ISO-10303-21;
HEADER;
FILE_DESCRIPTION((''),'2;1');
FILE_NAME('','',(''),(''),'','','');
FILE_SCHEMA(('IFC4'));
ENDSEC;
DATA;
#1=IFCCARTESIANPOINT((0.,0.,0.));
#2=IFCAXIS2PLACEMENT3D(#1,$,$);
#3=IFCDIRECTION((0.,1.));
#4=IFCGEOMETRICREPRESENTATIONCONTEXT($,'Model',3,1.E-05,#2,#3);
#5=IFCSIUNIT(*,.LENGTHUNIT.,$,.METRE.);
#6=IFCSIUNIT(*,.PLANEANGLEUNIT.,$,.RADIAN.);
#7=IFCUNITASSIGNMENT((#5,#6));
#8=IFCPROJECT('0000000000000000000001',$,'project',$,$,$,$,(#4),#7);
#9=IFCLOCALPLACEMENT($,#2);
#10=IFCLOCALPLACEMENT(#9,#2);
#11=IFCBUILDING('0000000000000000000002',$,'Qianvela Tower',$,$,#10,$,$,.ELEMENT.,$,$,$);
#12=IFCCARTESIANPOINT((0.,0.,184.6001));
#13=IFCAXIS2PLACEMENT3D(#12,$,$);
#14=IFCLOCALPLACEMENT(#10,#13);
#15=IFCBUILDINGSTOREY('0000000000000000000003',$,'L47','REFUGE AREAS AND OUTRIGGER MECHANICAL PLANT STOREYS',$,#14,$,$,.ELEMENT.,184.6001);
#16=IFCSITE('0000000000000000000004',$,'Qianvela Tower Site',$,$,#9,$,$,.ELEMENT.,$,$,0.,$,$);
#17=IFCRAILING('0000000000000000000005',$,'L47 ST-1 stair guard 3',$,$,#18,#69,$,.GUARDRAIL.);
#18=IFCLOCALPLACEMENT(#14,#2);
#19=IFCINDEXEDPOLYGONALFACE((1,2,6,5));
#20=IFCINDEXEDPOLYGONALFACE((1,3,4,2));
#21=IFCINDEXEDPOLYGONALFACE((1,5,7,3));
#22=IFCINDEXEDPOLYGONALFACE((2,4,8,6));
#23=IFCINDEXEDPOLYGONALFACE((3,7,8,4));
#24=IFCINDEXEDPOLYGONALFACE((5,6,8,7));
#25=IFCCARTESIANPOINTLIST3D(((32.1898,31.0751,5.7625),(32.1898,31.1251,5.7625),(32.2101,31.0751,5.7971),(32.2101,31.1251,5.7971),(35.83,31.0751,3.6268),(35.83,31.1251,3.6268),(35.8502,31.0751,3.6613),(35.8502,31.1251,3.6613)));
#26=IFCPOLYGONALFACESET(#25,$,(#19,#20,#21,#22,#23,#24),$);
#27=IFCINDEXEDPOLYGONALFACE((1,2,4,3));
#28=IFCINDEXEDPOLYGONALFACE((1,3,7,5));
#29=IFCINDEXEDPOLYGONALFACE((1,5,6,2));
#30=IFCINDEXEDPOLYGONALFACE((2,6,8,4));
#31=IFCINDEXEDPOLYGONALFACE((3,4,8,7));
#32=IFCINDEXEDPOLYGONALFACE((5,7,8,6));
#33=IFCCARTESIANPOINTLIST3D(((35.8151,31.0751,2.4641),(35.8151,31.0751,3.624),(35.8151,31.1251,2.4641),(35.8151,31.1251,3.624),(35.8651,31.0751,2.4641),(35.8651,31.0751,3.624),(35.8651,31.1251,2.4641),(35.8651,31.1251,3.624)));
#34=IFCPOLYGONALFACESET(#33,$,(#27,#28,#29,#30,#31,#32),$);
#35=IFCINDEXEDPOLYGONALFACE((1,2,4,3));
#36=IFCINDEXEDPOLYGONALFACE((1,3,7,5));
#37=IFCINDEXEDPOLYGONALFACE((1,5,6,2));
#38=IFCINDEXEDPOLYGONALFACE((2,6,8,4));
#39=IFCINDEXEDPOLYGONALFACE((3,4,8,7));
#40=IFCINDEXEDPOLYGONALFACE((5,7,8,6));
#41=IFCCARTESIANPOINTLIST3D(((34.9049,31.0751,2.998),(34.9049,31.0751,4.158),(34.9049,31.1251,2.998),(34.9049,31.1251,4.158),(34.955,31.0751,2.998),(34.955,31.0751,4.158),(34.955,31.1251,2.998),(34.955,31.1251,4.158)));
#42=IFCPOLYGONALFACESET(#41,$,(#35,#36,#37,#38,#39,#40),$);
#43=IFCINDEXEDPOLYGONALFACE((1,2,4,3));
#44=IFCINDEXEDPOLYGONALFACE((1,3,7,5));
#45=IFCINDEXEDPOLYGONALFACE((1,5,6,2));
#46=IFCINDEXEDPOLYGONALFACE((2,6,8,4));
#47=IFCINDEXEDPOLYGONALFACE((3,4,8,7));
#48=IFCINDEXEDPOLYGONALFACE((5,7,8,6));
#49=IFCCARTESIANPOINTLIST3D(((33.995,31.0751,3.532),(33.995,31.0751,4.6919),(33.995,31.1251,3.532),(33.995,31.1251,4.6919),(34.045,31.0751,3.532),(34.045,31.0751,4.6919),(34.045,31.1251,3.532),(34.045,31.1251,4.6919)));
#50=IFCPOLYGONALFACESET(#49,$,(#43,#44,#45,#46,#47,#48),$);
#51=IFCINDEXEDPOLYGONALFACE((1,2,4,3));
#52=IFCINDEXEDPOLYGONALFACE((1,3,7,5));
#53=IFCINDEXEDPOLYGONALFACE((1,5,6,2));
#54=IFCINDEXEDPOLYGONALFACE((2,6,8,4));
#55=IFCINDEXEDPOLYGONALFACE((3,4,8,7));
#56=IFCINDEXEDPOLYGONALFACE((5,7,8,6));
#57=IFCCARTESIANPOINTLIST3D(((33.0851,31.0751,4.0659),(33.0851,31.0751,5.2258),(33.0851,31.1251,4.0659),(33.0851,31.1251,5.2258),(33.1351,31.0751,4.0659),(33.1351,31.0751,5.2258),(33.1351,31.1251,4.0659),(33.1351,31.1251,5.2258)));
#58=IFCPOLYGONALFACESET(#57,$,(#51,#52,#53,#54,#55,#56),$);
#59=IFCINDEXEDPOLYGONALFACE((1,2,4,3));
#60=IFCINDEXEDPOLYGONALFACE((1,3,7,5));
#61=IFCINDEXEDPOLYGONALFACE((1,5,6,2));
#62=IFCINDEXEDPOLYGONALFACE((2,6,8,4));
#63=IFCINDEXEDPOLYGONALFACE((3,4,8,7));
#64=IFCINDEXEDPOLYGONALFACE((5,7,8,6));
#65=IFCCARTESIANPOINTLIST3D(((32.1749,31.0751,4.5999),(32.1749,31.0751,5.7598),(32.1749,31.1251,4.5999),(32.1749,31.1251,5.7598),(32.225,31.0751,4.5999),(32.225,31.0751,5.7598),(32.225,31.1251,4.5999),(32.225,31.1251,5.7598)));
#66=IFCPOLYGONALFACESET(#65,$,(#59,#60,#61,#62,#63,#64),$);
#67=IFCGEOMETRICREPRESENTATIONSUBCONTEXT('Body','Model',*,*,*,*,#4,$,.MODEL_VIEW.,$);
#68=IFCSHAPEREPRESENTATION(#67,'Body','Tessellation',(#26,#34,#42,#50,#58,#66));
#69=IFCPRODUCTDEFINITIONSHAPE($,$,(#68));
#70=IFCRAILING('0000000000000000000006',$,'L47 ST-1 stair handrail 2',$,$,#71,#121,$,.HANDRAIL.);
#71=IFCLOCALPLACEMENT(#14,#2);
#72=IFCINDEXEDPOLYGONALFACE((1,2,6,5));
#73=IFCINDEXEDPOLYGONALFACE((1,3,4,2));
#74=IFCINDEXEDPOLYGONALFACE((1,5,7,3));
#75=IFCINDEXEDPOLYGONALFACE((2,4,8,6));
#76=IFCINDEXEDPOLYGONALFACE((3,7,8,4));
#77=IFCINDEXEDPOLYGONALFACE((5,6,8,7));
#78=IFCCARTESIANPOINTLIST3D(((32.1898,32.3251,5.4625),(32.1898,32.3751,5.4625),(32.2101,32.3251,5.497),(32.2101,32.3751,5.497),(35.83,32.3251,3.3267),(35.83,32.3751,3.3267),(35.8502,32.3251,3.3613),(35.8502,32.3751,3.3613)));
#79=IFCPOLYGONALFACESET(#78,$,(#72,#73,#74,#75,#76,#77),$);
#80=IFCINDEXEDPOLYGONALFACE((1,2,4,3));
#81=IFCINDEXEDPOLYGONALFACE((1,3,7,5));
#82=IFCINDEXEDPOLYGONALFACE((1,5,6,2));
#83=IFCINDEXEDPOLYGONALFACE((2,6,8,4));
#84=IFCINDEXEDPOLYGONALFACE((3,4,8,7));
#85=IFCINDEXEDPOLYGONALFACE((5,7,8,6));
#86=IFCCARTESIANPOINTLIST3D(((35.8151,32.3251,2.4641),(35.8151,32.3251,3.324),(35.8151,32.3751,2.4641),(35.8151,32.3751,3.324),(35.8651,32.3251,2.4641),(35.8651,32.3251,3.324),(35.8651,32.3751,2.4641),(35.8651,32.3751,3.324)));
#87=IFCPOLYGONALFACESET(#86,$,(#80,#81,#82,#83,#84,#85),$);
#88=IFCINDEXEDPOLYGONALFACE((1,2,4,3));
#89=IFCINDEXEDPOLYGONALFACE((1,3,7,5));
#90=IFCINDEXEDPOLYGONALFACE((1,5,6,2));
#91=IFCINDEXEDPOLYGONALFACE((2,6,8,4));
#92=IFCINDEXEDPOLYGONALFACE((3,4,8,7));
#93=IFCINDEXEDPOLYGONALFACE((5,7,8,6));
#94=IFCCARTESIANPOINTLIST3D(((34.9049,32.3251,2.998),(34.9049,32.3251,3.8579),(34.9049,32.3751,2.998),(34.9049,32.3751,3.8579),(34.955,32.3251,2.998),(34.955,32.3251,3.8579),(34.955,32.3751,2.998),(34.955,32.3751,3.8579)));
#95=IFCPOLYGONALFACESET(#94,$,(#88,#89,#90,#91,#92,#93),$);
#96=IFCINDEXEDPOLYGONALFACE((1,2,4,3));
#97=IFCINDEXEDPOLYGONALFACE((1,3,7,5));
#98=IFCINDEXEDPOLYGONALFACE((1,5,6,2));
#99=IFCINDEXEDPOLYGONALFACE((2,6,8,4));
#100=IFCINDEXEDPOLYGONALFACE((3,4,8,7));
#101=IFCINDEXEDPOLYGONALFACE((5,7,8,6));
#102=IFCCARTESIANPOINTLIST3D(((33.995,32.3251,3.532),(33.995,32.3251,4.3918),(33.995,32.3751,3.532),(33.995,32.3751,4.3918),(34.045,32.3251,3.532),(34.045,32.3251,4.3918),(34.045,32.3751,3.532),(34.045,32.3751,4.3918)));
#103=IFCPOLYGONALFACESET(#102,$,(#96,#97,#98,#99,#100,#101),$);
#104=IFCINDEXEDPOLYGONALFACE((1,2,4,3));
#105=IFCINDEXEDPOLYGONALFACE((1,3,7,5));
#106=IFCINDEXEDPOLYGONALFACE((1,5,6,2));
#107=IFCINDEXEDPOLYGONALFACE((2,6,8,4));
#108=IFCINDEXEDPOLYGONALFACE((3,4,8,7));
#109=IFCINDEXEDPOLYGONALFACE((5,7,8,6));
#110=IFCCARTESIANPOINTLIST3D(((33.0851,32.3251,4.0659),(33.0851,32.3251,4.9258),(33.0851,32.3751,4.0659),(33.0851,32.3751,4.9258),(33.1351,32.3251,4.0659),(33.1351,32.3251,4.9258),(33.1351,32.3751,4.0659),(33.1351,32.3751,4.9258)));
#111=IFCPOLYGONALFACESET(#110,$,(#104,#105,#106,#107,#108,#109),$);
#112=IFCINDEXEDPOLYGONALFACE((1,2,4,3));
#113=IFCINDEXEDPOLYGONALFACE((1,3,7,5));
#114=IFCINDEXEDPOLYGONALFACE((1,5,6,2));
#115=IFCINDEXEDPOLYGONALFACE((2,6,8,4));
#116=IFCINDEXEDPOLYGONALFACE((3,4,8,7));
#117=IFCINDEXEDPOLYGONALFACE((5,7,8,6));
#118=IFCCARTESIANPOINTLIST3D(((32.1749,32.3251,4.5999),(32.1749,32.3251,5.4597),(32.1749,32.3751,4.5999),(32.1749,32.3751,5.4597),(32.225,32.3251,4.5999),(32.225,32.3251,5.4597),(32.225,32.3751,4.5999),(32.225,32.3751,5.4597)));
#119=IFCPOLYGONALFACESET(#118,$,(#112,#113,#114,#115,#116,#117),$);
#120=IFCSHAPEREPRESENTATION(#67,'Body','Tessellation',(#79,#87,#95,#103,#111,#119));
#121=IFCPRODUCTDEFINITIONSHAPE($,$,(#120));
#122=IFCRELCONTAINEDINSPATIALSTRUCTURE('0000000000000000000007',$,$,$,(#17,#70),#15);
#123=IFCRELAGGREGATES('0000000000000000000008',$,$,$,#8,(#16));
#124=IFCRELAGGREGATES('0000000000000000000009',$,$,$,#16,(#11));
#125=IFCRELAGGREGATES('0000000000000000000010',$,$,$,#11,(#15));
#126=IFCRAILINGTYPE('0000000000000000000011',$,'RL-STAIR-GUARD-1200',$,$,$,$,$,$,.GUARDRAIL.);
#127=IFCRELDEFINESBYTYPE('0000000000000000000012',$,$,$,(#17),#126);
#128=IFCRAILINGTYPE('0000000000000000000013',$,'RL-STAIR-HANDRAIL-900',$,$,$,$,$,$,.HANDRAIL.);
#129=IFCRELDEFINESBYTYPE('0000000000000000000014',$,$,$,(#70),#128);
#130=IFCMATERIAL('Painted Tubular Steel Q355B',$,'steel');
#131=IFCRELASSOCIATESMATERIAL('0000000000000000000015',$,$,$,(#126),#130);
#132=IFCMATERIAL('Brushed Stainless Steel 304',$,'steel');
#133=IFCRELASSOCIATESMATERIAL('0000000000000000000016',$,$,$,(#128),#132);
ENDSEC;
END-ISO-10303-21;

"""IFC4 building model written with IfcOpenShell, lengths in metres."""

from ifc_helpers import new_model, si_unit, direction, frame, origin, origin_2d, place, context, subcontext, project, spatial, rectangle, extrude, material, type_object, element, save


model = new_model("IFC4")

# Units and contexts
model_context = context("Model", 3, precision=1e-05, world=origin(), true_north=direction((0.0, 1.0)))
body_context = subcontext(model_context, "Body", "Model", "MODEL_VIEW")
ifc_project = project(units=[si_unit("LENGTHUNIT", "METRE"), si_unit("PLANEANGLEUNIT", "RADIAN")], contexts=[model_context])

# Site, building, storey
site_placement = place(None, origin())
site = spatial("IfcSite", under=ifc_project, at=site_placement, Name="Qianvela Tower Site", CompositionType="ELEMENT", RefElevation=0.0)
building_placement = place(site_placement, origin())
building = spatial("IfcBuilding", under=site, at=building_placement, Name="Qianvela Tower", CompositionType="ELEMENT")
storey_placement = place(building_placement, frame((0.0, 0.0, 184.6001)))
storey = spatial("IfcBuildingStorey", under=building, at=storey_placement, Name="L47", Description="REFUGE AREAS AND OUTRIGGER MECHANICAL PLANT STOREYS", CompositionType="ELEMENT", Elevation=184.6001)

# Railings
ifc_material_1 = material(Name="Painted Tubular Steel Q355B", Category="steel")
railing_type_1 = type_object("IfcRailingType", Name="RL-STAIR-GUARD-1200", PredefinedType="GUARDRAIL", material=ifc_material_1)
railing_1_placement = place(storey_placement, frame((35.8401, 31.1001, 2.4641)))
element("IfcRailing", 1, at=railing_1_placement, inside=storey, type_object=railing_type_1, Name="L47 ST-1 stair guard 3", PredefinedType="GUARDRAIL", context=body_context, shape_type="SweptSolid", body=[
    extrude(rectangle(XDim=0.05, YDim=0.04, at=origin_2d()), frame((0.0, 0.0, 1.1799), z_axis=(-0.862505, 0.0, 0.506049), x_axis=(0.0, -1.0, 0.0)), (0.0, 0.0, 1.0), 4.2205),
    extrude(rectangle(XDim=0.05, YDim=0.05, at=origin_2d()), origin(), (0.0, 0.0, 1.0), 1.1599),
    extrude(rectangle(XDim=0.05, YDim=0.05, at=origin_2d()), frame((-0.9102, 0.0, 0.5339)), (0.0, 0.0, 1.0), 1.1599),
    extrude(rectangle(XDim=0.05, YDim=0.05, at=origin_2d()), frame((-1.8201, 0.0, 1.0679)), (0.0, 0.0, 1.0), 1.1599),
    extrude(rectangle(XDim=0.05, YDim=0.05, at=origin_2d()), frame((-2.73, 0.0, 1.6018)), (0.0, 0.0, 1.0), 1.1599),
    extrude(rectangle(XDim=0.05, YDim=0.05, at=origin_2d()), frame((-3.6401, 0.0, 2.1357)), (0.0, 0.0, 1.0), 1.1599),
])
ifc_material_2 = material(Name="Brushed Stainless Steel 304", Category="steel")
railing_type_2 = type_object("IfcRailingType", Name="RL-STAIR-HANDRAIL-900", PredefinedType="HANDRAIL", material=ifc_material_2)
railing_2_placement = place(storey_placement, frame((35.8401, 32.3501, 2.4641)))
element("IfcRailing", 2, at=railing_2_placement, inside=storey, type_object=railing_type_2, Name="L47 ST-1 stair handrail 2", PredefinedType="HANDRAIL", context=body_context, shape_type="SweptSolid", body=[
    extrude(rectangle(XDim=0.05, YDim=0.04, at=origin_2d()), frame((0.0, 0.0, 0.8799), z_axis=(-0.862505, 0.0, 0.506049), x_axis=(0.0, -1.0, 0.0)), (0.0, 0.0, 1.0), 4.2205),
    extrude(rectangle(XDim=0.05, YDim=0.05, at=origin_2d()), origin(), (0.0, 0.0, 1.0), 0.8599),
    extrude(rectangle(XDim=0.05, YDim=0.05, at=origin_2d()), frame((-0.9102, 0.0, 0.5339)), (0.0, 0.0, 1.0), 0.8599),
    extrude(rectangle(XDim=0.05, YDim=0.05, at=origin_2d()), frame((-1.8201, 0.0, 1.0679)), (0.0, 0.0, 1.0), 0.8599),
    extrude(rectangle(XDim=0.05, YDim=0.05, at=origin_2d()), frame((-2.73, 0.0, 1.6018)), (0.0, 0.0, 1.0), 0.8599),
    extrude(rectangle(XDim=0.05, YDim=0.05, at=origin_2d()), frame((-3.6401, 0.0, 2.1357)), (0.0, 0.0, 1.0), 0.8599),
])

save(model, "model.ifc")
